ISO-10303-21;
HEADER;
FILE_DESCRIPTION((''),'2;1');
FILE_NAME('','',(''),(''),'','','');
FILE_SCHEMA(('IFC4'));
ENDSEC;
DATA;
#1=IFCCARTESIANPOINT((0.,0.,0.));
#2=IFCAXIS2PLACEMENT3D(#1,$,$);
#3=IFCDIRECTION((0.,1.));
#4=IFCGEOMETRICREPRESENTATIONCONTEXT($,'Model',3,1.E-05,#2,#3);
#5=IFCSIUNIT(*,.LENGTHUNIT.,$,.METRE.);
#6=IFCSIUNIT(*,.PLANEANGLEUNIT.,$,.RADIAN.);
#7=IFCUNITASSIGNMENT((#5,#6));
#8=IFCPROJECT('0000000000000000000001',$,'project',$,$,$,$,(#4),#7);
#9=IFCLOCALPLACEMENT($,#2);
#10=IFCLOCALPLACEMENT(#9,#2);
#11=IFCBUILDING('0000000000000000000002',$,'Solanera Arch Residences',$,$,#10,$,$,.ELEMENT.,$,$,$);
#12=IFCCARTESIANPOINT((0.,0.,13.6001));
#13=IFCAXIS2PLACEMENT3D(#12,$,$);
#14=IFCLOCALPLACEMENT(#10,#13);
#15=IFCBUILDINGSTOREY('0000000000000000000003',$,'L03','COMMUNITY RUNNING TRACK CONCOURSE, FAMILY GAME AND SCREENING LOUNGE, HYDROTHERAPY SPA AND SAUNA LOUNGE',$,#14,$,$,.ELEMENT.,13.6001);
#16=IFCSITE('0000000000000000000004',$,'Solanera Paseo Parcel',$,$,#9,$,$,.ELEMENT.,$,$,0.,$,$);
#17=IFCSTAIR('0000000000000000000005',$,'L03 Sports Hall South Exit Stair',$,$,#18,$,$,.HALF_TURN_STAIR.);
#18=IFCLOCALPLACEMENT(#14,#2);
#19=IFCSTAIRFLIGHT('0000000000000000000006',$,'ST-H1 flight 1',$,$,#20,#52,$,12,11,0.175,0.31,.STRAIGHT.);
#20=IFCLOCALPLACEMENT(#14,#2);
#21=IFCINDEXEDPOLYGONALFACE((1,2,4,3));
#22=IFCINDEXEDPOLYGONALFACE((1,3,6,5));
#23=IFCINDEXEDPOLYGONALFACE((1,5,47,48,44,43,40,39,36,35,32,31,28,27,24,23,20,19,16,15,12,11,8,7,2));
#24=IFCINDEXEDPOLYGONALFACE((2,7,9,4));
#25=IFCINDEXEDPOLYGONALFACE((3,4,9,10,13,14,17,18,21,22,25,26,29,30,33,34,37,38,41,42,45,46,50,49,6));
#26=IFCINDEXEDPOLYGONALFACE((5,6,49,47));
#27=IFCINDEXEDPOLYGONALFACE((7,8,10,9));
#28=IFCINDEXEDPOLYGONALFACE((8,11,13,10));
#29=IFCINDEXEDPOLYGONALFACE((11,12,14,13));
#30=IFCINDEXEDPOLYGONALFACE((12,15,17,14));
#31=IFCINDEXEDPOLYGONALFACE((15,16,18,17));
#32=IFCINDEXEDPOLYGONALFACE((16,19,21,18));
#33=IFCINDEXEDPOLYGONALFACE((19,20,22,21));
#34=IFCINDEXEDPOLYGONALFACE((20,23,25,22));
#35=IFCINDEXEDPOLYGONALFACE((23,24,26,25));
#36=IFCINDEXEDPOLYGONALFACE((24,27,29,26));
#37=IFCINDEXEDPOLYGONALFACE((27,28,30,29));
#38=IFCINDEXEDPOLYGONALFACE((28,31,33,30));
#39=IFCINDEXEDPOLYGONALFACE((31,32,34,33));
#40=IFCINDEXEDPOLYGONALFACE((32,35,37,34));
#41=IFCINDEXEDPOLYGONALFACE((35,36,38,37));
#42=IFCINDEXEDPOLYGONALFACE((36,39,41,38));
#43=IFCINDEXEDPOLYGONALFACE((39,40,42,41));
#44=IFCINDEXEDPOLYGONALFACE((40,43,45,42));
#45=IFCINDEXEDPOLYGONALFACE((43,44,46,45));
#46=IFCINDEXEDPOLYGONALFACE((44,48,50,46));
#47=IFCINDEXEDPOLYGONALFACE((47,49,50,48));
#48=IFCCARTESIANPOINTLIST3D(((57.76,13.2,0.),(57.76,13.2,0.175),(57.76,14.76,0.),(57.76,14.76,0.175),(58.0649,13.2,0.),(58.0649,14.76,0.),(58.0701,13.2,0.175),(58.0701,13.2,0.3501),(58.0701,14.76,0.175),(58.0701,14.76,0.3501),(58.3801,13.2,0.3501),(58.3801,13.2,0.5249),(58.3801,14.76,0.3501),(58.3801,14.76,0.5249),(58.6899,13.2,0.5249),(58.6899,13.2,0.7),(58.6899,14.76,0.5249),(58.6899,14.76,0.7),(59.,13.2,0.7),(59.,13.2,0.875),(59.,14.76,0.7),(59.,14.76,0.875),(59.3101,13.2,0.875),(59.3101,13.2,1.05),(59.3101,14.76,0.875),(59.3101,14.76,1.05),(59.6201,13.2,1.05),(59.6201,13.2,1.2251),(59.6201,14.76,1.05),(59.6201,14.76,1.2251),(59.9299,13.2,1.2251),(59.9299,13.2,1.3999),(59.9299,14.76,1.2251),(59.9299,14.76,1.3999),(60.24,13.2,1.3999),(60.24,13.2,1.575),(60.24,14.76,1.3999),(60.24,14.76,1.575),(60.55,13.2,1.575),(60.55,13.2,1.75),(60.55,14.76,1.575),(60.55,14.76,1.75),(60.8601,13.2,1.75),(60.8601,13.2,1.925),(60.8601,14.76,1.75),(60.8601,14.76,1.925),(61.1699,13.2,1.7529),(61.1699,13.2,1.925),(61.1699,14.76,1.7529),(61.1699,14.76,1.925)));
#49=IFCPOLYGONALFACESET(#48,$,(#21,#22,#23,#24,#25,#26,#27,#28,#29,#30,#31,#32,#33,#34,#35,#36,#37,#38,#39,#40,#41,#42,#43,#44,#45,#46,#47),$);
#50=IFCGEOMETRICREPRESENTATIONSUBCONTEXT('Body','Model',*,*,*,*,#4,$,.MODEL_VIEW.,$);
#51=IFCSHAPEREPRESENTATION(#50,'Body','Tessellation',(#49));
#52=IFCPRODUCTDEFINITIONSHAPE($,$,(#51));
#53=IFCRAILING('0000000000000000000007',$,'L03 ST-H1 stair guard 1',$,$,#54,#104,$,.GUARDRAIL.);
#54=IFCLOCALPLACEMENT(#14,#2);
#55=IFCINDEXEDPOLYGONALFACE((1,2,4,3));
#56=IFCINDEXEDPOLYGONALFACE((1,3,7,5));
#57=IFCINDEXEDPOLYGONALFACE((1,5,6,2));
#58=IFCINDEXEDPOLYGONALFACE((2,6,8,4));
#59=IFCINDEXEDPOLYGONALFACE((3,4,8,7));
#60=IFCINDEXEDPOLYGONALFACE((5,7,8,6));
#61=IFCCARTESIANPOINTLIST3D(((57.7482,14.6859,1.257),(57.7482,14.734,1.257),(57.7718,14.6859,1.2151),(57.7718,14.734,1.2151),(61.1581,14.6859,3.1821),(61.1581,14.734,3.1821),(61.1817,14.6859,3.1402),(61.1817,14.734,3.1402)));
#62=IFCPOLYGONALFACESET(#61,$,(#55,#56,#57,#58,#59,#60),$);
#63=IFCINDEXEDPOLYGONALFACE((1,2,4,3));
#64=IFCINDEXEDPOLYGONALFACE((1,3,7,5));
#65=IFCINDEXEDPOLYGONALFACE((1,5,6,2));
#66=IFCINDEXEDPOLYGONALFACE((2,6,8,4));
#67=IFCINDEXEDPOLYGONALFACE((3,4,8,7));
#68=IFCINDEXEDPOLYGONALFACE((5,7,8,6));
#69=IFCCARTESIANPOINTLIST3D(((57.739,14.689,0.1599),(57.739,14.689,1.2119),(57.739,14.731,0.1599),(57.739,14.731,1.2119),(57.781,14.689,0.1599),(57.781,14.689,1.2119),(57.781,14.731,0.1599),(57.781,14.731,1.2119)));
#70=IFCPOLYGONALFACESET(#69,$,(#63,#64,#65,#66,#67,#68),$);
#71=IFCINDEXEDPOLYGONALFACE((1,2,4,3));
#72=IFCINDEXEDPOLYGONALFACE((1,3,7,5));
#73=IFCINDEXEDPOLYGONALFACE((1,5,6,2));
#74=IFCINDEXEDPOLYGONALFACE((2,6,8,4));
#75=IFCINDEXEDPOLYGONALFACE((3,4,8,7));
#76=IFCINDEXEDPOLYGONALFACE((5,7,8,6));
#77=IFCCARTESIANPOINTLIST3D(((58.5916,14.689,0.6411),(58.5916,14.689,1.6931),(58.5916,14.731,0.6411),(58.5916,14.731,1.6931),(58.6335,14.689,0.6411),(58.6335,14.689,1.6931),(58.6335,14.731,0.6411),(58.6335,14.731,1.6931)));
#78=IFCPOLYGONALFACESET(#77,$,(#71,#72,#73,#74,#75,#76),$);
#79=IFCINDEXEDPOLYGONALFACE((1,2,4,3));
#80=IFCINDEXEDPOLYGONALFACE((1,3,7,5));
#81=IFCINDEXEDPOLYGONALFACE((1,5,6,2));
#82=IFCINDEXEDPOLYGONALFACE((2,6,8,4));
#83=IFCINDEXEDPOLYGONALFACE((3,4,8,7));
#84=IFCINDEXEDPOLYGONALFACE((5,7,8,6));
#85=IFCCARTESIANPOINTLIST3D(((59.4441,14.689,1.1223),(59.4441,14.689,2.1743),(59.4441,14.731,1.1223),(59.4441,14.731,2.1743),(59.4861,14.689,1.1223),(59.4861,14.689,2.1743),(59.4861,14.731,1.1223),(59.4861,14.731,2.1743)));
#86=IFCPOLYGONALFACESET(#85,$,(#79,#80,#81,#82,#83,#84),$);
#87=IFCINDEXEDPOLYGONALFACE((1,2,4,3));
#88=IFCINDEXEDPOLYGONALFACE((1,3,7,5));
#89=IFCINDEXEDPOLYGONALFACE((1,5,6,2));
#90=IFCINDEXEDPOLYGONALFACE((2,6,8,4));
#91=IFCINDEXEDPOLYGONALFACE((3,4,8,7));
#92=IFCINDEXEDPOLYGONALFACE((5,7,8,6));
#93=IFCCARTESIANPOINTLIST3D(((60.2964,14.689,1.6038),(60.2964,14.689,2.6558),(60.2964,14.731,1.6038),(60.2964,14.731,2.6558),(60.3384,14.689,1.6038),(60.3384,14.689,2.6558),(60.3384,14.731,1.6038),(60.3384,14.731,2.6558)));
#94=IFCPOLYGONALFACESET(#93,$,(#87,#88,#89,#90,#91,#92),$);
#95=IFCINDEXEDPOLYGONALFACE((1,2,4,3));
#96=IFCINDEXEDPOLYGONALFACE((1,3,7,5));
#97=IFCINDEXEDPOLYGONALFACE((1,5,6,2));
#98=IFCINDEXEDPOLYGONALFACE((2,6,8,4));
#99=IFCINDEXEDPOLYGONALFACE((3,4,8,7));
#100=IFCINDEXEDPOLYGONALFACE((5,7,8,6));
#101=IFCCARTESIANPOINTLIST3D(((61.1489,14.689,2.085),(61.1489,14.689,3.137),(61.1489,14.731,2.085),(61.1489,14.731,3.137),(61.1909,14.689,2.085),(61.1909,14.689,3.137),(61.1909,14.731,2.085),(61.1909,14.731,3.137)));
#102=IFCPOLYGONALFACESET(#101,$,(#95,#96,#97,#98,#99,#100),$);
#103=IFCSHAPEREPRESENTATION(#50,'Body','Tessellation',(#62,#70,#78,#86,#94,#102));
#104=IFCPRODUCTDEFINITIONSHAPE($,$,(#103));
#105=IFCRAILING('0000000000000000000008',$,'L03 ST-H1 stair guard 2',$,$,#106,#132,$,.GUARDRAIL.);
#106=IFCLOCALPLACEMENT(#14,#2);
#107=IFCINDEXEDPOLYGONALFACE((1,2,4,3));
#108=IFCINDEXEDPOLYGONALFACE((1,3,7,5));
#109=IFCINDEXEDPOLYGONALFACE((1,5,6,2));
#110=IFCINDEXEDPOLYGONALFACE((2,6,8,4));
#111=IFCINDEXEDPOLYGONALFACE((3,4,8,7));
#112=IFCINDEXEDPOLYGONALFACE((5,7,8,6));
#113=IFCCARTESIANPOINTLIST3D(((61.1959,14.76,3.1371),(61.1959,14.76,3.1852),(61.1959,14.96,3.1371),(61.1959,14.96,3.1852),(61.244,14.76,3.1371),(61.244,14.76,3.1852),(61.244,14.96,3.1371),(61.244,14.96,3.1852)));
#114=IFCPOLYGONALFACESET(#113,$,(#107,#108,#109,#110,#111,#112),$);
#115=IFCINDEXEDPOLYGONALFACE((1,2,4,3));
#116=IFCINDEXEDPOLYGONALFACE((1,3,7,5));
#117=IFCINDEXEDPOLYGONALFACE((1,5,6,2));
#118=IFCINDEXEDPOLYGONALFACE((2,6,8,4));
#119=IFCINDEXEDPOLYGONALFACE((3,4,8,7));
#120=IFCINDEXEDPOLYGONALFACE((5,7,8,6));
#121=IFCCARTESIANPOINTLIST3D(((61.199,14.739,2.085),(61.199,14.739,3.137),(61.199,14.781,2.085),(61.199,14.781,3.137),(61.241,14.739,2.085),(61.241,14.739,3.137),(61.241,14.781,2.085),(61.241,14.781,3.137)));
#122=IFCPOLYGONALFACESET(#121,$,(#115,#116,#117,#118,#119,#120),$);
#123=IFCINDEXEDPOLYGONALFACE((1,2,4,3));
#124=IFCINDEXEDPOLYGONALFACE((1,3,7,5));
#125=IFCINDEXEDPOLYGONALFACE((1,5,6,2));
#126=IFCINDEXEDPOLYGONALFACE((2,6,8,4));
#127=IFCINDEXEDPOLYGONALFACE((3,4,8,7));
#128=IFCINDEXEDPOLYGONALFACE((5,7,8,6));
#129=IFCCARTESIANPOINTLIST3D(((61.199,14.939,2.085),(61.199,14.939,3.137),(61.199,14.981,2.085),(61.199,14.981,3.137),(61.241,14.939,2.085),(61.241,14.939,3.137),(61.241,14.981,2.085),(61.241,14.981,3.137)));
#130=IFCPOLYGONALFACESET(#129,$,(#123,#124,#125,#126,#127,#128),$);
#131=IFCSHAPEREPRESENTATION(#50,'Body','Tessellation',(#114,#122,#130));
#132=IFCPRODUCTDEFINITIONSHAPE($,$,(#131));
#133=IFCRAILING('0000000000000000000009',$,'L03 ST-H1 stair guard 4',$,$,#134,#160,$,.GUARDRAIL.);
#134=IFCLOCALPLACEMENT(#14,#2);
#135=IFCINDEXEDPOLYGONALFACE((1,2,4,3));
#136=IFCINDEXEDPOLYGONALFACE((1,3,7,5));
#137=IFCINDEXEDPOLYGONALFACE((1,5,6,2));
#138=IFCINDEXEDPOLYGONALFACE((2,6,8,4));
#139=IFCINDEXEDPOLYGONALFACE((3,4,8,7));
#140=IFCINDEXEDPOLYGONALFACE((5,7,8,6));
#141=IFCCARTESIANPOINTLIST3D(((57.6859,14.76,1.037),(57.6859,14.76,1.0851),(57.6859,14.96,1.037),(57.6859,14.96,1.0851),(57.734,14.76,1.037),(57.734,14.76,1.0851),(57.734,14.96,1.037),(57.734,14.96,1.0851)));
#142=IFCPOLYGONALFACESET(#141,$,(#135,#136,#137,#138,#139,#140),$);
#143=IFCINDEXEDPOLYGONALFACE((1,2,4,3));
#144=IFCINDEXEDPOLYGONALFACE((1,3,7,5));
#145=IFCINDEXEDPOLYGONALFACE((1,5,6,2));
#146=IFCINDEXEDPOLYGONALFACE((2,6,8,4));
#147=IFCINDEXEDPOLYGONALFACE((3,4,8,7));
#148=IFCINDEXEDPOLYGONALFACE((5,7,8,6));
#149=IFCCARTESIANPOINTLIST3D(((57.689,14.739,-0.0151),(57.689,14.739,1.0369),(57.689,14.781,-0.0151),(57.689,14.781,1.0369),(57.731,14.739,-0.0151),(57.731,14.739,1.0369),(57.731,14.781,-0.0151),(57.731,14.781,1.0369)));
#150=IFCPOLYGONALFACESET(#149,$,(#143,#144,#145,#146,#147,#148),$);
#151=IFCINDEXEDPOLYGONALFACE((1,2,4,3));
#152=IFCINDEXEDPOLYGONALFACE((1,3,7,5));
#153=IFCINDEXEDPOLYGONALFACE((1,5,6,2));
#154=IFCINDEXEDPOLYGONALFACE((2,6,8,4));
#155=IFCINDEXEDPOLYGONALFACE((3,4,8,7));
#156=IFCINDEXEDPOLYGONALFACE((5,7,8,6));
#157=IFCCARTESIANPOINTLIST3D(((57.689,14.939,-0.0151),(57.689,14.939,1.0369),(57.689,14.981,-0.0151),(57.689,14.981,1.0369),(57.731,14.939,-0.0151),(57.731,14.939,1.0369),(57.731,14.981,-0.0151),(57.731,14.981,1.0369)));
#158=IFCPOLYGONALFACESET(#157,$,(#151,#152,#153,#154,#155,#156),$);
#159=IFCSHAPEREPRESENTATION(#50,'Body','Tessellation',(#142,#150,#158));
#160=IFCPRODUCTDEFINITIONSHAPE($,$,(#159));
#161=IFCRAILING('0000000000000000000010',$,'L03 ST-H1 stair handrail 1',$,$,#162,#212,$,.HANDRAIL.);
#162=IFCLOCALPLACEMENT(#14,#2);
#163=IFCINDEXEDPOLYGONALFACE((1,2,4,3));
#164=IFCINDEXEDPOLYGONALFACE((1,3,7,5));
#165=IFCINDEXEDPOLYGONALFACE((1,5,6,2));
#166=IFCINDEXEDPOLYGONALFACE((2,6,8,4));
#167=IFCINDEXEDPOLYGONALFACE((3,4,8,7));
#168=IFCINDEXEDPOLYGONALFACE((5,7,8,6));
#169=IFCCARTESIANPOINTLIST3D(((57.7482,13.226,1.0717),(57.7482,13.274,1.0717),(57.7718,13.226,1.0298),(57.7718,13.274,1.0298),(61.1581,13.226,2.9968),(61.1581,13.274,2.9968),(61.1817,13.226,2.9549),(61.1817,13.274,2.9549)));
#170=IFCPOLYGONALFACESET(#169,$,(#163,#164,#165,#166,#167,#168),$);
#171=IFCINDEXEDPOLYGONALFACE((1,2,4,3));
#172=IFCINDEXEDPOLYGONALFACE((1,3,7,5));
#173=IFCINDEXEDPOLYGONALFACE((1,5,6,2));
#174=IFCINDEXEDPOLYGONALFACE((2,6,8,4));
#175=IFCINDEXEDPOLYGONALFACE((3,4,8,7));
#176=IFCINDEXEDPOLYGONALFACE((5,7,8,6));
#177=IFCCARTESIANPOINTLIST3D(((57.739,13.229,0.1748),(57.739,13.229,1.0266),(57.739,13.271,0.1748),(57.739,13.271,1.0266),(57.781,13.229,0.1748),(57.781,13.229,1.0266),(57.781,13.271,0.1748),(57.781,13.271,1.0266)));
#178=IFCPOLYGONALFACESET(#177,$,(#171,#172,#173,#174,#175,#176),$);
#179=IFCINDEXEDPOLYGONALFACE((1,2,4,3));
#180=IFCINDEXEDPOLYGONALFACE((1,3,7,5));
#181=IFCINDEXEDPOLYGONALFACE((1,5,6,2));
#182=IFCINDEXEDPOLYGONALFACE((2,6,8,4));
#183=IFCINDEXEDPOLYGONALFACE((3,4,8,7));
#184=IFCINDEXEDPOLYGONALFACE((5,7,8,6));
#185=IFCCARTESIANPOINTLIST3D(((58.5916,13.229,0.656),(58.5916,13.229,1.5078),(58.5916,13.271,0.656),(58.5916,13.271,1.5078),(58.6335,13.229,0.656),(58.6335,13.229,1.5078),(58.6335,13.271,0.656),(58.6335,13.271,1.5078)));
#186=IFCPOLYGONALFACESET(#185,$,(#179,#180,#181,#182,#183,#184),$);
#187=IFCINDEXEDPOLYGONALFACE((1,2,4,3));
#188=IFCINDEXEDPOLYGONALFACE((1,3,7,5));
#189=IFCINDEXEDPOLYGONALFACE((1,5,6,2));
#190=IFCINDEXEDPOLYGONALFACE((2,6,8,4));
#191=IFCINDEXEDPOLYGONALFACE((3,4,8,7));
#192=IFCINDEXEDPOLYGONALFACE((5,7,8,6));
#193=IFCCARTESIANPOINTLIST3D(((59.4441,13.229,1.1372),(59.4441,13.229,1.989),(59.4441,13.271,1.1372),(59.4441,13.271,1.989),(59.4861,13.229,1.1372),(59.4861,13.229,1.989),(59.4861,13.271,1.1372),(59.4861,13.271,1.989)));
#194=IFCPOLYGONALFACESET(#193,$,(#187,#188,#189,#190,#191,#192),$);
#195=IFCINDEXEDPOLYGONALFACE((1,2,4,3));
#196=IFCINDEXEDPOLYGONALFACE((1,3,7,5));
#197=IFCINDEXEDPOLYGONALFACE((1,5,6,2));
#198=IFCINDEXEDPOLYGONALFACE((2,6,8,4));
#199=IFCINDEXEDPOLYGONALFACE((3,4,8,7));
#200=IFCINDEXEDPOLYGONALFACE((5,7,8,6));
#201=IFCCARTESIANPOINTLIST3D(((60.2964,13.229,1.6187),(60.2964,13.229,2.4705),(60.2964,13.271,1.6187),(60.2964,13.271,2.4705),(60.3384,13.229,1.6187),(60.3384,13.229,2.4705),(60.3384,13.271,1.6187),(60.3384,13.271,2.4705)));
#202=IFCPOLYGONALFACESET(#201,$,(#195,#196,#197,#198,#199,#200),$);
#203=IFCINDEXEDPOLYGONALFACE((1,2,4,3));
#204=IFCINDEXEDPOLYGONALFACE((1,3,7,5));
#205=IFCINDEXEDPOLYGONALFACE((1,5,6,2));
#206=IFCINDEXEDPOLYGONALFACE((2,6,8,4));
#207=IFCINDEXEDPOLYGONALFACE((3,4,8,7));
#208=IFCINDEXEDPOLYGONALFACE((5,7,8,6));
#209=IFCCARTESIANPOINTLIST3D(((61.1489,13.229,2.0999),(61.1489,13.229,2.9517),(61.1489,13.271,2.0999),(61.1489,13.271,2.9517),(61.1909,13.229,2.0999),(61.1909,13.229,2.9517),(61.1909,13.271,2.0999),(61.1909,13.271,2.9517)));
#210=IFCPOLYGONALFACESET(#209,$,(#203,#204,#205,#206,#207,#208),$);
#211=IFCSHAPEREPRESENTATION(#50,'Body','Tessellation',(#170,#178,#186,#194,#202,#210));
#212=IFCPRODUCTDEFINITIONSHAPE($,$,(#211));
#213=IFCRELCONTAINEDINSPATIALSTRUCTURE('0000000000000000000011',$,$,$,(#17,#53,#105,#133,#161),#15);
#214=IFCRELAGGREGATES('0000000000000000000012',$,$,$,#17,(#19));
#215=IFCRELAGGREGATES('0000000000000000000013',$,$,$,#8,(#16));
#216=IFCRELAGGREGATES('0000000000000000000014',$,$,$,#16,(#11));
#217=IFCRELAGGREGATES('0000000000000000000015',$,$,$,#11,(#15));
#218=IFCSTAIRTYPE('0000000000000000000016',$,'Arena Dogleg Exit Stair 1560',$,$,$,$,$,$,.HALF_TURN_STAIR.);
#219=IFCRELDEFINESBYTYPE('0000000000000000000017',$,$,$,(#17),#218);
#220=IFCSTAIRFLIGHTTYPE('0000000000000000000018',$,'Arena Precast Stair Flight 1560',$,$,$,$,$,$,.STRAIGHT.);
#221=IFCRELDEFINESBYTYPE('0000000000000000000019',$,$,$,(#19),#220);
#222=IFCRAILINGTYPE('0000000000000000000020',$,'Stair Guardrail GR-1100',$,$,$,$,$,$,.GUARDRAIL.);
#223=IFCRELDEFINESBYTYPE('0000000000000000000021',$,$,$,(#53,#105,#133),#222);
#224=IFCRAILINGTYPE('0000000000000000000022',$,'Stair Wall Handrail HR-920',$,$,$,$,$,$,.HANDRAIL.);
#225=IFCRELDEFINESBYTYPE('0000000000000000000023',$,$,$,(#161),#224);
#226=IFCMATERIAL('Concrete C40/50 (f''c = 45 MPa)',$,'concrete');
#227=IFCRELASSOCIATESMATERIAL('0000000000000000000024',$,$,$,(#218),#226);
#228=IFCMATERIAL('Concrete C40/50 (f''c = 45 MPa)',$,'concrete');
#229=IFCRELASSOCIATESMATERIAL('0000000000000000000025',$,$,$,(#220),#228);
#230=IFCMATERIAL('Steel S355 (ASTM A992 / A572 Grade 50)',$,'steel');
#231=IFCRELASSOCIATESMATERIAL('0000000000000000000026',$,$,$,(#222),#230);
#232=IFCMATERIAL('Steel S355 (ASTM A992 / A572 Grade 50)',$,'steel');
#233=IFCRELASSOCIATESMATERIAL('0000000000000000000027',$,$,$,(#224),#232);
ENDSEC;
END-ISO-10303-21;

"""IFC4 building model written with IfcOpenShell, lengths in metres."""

from ifc_helpers import new_model, si_unit, direction, frame, origin, origin_2d, place, context, subcontext, project, spatial, polyline, rectangle, outline, extrude, material, type_object, element, aggregate, save


model = new_model("IFC4")

# Units and contexts
model_context = context("Model", 3, precision=1e-05, world=origin(), true_north=direction((0.0, 1.0)))
body_context = subcontext(model_context, "Body", "Model", "MODEL_VIEW")
ifc_project = project(units=[si_unit("LENGTHUNIT", "METRE"), si_unit("PLANEANGLEUNIT", "RADIAN")], contexts=[model_context])

# Site, building, storey
site_placement = place(None, origin())
site = spatial("IfcSite", under=ifc_project, at=site_placement, Name="Solanera Paseo Parcel", CompositionType="ELEMENT", RefElevation=0.0)
building_placement = place(site_placement, origin())
building = spatial("IfcBuilding", under=site, at=building_placement, Name="Solanera Arch Residences", CompositionType="ELEMENT")
storey_placement = place(building_placement, frame((0.0, 0.0, 13.6001)))
storey = spatial("IfcBuildingStorey", under=building, at=storey_placement, Name="L03", Description="COMMUNITY RUNNING TRACK CONCOURSE, FAMILY GAME AND SCREENING LOUNGE, HYDROTHERAPY SPA AND SAUNA LOUNGE", CompositionType="ELEMENT", Elevation=13.6001)

# Stair, stair flight
ifc_material_1 = material(Name="Concrete C40/50 (f'c = 45 MPa)", Category="concrete")
stair_type = type_object("IfcStairType", Name="Arena Dogleg Exit Stair 1560", PredefinedType="HALF_TURN_STAIR", material=ifc_material_1)
stair_placement = place(storey_placement, origin())
stair = element("IfcStair", 1, at=stair_placement, inside=storey, type_object=stair_type, Name="L03 Sports Hall South Exit Stair", PredefinedType="HALF_TURN_STAIR")
ifc_material_2 = material(Name="Concrete C40/50 (f'c = 45 MPa)", Category="concrete")
stair_flight_type = type_object("IfcStairFlightType", Name="Arena Precast Stair Flight 1560", PredefinedType="STRAIGHT", material=ifc_material_2)
stair_flight_placement = place(storey_placement, frame((57.76, 13.98, 0.0), z_axis=(0.0, 0.0, 1.0), x_axis=(1.0, 0.0, 0.0)))
stair_flight = element("IfcStairFlight", 2, at=stair_flight_placement, type_object=stair_flight_type, Name="ST-H1 flight 1", NumberOfRisers=12, NumberOfTreads=11, PredefinedType="STRAIGHT", RiserHeight=0.175, TreadLength=0.31, context=body_context, shape_type="SweptSolid", body=[
    extrude(outline(polyline([(0.0, 0.0), (0.0, 0.175), (0.3101, 0.175), (0.3101, 0.3501), (0.6201, 0.3501), (0.6201, 0.5249), (0.9299, 0.5249), (0.9299, 0.7), (1.24, 0.7), (1.24, 0.875), (1.55, 0.875), (1.55, 1.05), (1.8601, 1.05), (1.8601, 1.2251), (2.1699, 1.2251), (2.1699, 1.3999), (2.48, 1.3999), (2.48, 1.575), (2.79, 1.575), (2.79, 1.75), (3.1001, 1.75), (3.1001, 1.925), (3.4099, 1.925), (3.4099, 2.1001), (3.4099, 1.7529), (0.3049, 0.0), (0.0, 0.0)])), frame((0.0, 0.78, 0.0), z_axis=(0.0, -1.0, 0.0), x_axis=(1.0, 0.0, 0.0)), (0.0, 0.0, 1.0), 1.5601),
])
aggregate(stair, [stair_flight])

# Railings
ifc_material_3 = material(Name="Steel S355 (ASTM A992 / A572 Grade 50)", Category="steel")
railing_type_1 = type_object("IfcRailingType", Name="Stair Guardrail GR-1100", PredefinedType="GUARDRAIL", material=ifc_material_3)
railing_1_placement = place(storey_placement, frame((57.76, 14.71, 0.1599)))
element("IfcRailing", 3, at=railing_1_placement, inside=storey, type_object=railing_type_1, Name="L03 ST-H1 stair guard 1", PredefinedType="GUARDRAIL", context=body_context, shape_type="SweptSolid", body=[
    extrude(rectangle(XDim=0.0481, YDim=0.0481, at=origin_2d()), frame((0.0, 0.0, 1.0762), z_axis=(0.870814, 0.0, 0.491613), x_axis=(0.0, 1.0, 0.0)), (0.0, 0.0, 1.0), 3.9158),
    extrude(rectangle(XDim=0.042, YDim=0.042, at=origin_2d()), origin(), (0.0, 0.0, 1.0), 1.052),
    extrude(rectangle(XDim=0.042, YDim=0.042, at=origin_2d()), frame((0.8525, 0.0, 0.4812)), (0.0, 0.0, 1.0), 1.052),
    extrude(rectangle(XDim=0.042, YDim=0.042, at=origin_2d()), frame((1.7051, 0.0, 0.9624)), (0.0, 0.0, 1.0), 1.052),
    extrude(rectangle(XDim=0.042, YDim=0.042, at=origin_2d()), frame((2.5574, 0.0, 1.4438)), (0.0, 0.0, 1.0), 1.052),
    extrude(rectangle(XDim=0.042, YDim=0.042, at=origin_2d()), frame((3.4099, 0.0, 1.925)), (0.0, 0.0, 1.0), 1.052),
])
for number, where, name in (
    (4, (61.22, 14.76, 2.085), "L03 ST-H1 stair guard 2"),
    (5, (57.71, 14.76, -0.0151), "L03 ST-H1 stair guard 4"),
):
    element("IfcRailing", number, at=place(storey_placement, frame(where)), inside=storey, type_object=railing_type_1, Name=name, PredefinedType="GUARDRAIL", context=body_context, shape_type="SweptSolid", body=[
        extrude(rectangle(XDim=0.0481, YDim=0.0481, at=origin_2d()), frame((0.0, 0.0, 1.0762), z_axis=(0.0, 1.0, 0.0), x_axis=(-1.0, 0.0, 0.0)), (0.0, 0.0, 1.0), 0.2),
        extrude(rectangle(XDim=0.042, YDim=0.042, at=origin_2d()), origin(), (0.0, 0.0, 1.0), 1.052),
        extrude(rectangle(XDim=0.042, YDim=0.042, at=origin_2d()), frame((0.0, 0.2, 0.0)), (0.0, 0.0, 1.0), 1.052),
    ])
ifc_material_4 = material(Name="Steel S355 (ASTM A992 / A572 Grade 50)", Category="steel")
railing_type_2 = type_object("IfcRailingType", Name="Stair Wall Handrail HR-920", PredefinedType="HANDRAIL", material=ifc_material_4)
railing_2_placement = place(storey_placement, frame((57.76, 13.25, 0.1748)))
element("IfcRailing", 6, at=railing_2_placement, inside=storey, type_object=railing_type_2, Name="L03 ST-H1 stair handrail 1", PredefinedType="HANDRAIL", context=body_context, shape_type="SweptSolid", body=[
    extrude(rectangle(XDim=0.0481, YDim=0.0481, at=origin_2d()), frame((0.0, 0.0, 0.876), z_axis=(0.870814, 0.0, 0.491613), x_axis=(0.0, 1.0, 0.0)), (0.0, 0.0, 1.0), 3.9158),
    extrude(rectangle(XDim=0.042, YDim=0.042, at=origin_2d()), origin(), (0.0, 0.0, 1.0), 0.8518),
    extrude(rectangle(XDim=0.042, YDim=0.042, at=origin_2d()), frame((0.8525, 0.0, 0.4812)), (0.0, 0.0, 1.0), 0.8518),
    extrude(rectangle(XDim=0.042, YDim=0.042, at=origin_2d()), frame((1.7051, 0.0, 0.9624)), (0.0, 0.0, 1.0), 0.8518),
    extrude(rectangle(XDim=0.042, YDim=0.042, at=origin_2d()), frame((2.5574, 0.0, 1.4438)), (0.0, 0.0, 1.0), 0.8518),
    extrude(rectangle(XDim=0.042, YDim=0.042, at=origin_2d()), frame((3.4099, 0.0, 1.925)), (0.0, 0.0, 1.0), 0.8518),
])

save(model, "model.ifc")
